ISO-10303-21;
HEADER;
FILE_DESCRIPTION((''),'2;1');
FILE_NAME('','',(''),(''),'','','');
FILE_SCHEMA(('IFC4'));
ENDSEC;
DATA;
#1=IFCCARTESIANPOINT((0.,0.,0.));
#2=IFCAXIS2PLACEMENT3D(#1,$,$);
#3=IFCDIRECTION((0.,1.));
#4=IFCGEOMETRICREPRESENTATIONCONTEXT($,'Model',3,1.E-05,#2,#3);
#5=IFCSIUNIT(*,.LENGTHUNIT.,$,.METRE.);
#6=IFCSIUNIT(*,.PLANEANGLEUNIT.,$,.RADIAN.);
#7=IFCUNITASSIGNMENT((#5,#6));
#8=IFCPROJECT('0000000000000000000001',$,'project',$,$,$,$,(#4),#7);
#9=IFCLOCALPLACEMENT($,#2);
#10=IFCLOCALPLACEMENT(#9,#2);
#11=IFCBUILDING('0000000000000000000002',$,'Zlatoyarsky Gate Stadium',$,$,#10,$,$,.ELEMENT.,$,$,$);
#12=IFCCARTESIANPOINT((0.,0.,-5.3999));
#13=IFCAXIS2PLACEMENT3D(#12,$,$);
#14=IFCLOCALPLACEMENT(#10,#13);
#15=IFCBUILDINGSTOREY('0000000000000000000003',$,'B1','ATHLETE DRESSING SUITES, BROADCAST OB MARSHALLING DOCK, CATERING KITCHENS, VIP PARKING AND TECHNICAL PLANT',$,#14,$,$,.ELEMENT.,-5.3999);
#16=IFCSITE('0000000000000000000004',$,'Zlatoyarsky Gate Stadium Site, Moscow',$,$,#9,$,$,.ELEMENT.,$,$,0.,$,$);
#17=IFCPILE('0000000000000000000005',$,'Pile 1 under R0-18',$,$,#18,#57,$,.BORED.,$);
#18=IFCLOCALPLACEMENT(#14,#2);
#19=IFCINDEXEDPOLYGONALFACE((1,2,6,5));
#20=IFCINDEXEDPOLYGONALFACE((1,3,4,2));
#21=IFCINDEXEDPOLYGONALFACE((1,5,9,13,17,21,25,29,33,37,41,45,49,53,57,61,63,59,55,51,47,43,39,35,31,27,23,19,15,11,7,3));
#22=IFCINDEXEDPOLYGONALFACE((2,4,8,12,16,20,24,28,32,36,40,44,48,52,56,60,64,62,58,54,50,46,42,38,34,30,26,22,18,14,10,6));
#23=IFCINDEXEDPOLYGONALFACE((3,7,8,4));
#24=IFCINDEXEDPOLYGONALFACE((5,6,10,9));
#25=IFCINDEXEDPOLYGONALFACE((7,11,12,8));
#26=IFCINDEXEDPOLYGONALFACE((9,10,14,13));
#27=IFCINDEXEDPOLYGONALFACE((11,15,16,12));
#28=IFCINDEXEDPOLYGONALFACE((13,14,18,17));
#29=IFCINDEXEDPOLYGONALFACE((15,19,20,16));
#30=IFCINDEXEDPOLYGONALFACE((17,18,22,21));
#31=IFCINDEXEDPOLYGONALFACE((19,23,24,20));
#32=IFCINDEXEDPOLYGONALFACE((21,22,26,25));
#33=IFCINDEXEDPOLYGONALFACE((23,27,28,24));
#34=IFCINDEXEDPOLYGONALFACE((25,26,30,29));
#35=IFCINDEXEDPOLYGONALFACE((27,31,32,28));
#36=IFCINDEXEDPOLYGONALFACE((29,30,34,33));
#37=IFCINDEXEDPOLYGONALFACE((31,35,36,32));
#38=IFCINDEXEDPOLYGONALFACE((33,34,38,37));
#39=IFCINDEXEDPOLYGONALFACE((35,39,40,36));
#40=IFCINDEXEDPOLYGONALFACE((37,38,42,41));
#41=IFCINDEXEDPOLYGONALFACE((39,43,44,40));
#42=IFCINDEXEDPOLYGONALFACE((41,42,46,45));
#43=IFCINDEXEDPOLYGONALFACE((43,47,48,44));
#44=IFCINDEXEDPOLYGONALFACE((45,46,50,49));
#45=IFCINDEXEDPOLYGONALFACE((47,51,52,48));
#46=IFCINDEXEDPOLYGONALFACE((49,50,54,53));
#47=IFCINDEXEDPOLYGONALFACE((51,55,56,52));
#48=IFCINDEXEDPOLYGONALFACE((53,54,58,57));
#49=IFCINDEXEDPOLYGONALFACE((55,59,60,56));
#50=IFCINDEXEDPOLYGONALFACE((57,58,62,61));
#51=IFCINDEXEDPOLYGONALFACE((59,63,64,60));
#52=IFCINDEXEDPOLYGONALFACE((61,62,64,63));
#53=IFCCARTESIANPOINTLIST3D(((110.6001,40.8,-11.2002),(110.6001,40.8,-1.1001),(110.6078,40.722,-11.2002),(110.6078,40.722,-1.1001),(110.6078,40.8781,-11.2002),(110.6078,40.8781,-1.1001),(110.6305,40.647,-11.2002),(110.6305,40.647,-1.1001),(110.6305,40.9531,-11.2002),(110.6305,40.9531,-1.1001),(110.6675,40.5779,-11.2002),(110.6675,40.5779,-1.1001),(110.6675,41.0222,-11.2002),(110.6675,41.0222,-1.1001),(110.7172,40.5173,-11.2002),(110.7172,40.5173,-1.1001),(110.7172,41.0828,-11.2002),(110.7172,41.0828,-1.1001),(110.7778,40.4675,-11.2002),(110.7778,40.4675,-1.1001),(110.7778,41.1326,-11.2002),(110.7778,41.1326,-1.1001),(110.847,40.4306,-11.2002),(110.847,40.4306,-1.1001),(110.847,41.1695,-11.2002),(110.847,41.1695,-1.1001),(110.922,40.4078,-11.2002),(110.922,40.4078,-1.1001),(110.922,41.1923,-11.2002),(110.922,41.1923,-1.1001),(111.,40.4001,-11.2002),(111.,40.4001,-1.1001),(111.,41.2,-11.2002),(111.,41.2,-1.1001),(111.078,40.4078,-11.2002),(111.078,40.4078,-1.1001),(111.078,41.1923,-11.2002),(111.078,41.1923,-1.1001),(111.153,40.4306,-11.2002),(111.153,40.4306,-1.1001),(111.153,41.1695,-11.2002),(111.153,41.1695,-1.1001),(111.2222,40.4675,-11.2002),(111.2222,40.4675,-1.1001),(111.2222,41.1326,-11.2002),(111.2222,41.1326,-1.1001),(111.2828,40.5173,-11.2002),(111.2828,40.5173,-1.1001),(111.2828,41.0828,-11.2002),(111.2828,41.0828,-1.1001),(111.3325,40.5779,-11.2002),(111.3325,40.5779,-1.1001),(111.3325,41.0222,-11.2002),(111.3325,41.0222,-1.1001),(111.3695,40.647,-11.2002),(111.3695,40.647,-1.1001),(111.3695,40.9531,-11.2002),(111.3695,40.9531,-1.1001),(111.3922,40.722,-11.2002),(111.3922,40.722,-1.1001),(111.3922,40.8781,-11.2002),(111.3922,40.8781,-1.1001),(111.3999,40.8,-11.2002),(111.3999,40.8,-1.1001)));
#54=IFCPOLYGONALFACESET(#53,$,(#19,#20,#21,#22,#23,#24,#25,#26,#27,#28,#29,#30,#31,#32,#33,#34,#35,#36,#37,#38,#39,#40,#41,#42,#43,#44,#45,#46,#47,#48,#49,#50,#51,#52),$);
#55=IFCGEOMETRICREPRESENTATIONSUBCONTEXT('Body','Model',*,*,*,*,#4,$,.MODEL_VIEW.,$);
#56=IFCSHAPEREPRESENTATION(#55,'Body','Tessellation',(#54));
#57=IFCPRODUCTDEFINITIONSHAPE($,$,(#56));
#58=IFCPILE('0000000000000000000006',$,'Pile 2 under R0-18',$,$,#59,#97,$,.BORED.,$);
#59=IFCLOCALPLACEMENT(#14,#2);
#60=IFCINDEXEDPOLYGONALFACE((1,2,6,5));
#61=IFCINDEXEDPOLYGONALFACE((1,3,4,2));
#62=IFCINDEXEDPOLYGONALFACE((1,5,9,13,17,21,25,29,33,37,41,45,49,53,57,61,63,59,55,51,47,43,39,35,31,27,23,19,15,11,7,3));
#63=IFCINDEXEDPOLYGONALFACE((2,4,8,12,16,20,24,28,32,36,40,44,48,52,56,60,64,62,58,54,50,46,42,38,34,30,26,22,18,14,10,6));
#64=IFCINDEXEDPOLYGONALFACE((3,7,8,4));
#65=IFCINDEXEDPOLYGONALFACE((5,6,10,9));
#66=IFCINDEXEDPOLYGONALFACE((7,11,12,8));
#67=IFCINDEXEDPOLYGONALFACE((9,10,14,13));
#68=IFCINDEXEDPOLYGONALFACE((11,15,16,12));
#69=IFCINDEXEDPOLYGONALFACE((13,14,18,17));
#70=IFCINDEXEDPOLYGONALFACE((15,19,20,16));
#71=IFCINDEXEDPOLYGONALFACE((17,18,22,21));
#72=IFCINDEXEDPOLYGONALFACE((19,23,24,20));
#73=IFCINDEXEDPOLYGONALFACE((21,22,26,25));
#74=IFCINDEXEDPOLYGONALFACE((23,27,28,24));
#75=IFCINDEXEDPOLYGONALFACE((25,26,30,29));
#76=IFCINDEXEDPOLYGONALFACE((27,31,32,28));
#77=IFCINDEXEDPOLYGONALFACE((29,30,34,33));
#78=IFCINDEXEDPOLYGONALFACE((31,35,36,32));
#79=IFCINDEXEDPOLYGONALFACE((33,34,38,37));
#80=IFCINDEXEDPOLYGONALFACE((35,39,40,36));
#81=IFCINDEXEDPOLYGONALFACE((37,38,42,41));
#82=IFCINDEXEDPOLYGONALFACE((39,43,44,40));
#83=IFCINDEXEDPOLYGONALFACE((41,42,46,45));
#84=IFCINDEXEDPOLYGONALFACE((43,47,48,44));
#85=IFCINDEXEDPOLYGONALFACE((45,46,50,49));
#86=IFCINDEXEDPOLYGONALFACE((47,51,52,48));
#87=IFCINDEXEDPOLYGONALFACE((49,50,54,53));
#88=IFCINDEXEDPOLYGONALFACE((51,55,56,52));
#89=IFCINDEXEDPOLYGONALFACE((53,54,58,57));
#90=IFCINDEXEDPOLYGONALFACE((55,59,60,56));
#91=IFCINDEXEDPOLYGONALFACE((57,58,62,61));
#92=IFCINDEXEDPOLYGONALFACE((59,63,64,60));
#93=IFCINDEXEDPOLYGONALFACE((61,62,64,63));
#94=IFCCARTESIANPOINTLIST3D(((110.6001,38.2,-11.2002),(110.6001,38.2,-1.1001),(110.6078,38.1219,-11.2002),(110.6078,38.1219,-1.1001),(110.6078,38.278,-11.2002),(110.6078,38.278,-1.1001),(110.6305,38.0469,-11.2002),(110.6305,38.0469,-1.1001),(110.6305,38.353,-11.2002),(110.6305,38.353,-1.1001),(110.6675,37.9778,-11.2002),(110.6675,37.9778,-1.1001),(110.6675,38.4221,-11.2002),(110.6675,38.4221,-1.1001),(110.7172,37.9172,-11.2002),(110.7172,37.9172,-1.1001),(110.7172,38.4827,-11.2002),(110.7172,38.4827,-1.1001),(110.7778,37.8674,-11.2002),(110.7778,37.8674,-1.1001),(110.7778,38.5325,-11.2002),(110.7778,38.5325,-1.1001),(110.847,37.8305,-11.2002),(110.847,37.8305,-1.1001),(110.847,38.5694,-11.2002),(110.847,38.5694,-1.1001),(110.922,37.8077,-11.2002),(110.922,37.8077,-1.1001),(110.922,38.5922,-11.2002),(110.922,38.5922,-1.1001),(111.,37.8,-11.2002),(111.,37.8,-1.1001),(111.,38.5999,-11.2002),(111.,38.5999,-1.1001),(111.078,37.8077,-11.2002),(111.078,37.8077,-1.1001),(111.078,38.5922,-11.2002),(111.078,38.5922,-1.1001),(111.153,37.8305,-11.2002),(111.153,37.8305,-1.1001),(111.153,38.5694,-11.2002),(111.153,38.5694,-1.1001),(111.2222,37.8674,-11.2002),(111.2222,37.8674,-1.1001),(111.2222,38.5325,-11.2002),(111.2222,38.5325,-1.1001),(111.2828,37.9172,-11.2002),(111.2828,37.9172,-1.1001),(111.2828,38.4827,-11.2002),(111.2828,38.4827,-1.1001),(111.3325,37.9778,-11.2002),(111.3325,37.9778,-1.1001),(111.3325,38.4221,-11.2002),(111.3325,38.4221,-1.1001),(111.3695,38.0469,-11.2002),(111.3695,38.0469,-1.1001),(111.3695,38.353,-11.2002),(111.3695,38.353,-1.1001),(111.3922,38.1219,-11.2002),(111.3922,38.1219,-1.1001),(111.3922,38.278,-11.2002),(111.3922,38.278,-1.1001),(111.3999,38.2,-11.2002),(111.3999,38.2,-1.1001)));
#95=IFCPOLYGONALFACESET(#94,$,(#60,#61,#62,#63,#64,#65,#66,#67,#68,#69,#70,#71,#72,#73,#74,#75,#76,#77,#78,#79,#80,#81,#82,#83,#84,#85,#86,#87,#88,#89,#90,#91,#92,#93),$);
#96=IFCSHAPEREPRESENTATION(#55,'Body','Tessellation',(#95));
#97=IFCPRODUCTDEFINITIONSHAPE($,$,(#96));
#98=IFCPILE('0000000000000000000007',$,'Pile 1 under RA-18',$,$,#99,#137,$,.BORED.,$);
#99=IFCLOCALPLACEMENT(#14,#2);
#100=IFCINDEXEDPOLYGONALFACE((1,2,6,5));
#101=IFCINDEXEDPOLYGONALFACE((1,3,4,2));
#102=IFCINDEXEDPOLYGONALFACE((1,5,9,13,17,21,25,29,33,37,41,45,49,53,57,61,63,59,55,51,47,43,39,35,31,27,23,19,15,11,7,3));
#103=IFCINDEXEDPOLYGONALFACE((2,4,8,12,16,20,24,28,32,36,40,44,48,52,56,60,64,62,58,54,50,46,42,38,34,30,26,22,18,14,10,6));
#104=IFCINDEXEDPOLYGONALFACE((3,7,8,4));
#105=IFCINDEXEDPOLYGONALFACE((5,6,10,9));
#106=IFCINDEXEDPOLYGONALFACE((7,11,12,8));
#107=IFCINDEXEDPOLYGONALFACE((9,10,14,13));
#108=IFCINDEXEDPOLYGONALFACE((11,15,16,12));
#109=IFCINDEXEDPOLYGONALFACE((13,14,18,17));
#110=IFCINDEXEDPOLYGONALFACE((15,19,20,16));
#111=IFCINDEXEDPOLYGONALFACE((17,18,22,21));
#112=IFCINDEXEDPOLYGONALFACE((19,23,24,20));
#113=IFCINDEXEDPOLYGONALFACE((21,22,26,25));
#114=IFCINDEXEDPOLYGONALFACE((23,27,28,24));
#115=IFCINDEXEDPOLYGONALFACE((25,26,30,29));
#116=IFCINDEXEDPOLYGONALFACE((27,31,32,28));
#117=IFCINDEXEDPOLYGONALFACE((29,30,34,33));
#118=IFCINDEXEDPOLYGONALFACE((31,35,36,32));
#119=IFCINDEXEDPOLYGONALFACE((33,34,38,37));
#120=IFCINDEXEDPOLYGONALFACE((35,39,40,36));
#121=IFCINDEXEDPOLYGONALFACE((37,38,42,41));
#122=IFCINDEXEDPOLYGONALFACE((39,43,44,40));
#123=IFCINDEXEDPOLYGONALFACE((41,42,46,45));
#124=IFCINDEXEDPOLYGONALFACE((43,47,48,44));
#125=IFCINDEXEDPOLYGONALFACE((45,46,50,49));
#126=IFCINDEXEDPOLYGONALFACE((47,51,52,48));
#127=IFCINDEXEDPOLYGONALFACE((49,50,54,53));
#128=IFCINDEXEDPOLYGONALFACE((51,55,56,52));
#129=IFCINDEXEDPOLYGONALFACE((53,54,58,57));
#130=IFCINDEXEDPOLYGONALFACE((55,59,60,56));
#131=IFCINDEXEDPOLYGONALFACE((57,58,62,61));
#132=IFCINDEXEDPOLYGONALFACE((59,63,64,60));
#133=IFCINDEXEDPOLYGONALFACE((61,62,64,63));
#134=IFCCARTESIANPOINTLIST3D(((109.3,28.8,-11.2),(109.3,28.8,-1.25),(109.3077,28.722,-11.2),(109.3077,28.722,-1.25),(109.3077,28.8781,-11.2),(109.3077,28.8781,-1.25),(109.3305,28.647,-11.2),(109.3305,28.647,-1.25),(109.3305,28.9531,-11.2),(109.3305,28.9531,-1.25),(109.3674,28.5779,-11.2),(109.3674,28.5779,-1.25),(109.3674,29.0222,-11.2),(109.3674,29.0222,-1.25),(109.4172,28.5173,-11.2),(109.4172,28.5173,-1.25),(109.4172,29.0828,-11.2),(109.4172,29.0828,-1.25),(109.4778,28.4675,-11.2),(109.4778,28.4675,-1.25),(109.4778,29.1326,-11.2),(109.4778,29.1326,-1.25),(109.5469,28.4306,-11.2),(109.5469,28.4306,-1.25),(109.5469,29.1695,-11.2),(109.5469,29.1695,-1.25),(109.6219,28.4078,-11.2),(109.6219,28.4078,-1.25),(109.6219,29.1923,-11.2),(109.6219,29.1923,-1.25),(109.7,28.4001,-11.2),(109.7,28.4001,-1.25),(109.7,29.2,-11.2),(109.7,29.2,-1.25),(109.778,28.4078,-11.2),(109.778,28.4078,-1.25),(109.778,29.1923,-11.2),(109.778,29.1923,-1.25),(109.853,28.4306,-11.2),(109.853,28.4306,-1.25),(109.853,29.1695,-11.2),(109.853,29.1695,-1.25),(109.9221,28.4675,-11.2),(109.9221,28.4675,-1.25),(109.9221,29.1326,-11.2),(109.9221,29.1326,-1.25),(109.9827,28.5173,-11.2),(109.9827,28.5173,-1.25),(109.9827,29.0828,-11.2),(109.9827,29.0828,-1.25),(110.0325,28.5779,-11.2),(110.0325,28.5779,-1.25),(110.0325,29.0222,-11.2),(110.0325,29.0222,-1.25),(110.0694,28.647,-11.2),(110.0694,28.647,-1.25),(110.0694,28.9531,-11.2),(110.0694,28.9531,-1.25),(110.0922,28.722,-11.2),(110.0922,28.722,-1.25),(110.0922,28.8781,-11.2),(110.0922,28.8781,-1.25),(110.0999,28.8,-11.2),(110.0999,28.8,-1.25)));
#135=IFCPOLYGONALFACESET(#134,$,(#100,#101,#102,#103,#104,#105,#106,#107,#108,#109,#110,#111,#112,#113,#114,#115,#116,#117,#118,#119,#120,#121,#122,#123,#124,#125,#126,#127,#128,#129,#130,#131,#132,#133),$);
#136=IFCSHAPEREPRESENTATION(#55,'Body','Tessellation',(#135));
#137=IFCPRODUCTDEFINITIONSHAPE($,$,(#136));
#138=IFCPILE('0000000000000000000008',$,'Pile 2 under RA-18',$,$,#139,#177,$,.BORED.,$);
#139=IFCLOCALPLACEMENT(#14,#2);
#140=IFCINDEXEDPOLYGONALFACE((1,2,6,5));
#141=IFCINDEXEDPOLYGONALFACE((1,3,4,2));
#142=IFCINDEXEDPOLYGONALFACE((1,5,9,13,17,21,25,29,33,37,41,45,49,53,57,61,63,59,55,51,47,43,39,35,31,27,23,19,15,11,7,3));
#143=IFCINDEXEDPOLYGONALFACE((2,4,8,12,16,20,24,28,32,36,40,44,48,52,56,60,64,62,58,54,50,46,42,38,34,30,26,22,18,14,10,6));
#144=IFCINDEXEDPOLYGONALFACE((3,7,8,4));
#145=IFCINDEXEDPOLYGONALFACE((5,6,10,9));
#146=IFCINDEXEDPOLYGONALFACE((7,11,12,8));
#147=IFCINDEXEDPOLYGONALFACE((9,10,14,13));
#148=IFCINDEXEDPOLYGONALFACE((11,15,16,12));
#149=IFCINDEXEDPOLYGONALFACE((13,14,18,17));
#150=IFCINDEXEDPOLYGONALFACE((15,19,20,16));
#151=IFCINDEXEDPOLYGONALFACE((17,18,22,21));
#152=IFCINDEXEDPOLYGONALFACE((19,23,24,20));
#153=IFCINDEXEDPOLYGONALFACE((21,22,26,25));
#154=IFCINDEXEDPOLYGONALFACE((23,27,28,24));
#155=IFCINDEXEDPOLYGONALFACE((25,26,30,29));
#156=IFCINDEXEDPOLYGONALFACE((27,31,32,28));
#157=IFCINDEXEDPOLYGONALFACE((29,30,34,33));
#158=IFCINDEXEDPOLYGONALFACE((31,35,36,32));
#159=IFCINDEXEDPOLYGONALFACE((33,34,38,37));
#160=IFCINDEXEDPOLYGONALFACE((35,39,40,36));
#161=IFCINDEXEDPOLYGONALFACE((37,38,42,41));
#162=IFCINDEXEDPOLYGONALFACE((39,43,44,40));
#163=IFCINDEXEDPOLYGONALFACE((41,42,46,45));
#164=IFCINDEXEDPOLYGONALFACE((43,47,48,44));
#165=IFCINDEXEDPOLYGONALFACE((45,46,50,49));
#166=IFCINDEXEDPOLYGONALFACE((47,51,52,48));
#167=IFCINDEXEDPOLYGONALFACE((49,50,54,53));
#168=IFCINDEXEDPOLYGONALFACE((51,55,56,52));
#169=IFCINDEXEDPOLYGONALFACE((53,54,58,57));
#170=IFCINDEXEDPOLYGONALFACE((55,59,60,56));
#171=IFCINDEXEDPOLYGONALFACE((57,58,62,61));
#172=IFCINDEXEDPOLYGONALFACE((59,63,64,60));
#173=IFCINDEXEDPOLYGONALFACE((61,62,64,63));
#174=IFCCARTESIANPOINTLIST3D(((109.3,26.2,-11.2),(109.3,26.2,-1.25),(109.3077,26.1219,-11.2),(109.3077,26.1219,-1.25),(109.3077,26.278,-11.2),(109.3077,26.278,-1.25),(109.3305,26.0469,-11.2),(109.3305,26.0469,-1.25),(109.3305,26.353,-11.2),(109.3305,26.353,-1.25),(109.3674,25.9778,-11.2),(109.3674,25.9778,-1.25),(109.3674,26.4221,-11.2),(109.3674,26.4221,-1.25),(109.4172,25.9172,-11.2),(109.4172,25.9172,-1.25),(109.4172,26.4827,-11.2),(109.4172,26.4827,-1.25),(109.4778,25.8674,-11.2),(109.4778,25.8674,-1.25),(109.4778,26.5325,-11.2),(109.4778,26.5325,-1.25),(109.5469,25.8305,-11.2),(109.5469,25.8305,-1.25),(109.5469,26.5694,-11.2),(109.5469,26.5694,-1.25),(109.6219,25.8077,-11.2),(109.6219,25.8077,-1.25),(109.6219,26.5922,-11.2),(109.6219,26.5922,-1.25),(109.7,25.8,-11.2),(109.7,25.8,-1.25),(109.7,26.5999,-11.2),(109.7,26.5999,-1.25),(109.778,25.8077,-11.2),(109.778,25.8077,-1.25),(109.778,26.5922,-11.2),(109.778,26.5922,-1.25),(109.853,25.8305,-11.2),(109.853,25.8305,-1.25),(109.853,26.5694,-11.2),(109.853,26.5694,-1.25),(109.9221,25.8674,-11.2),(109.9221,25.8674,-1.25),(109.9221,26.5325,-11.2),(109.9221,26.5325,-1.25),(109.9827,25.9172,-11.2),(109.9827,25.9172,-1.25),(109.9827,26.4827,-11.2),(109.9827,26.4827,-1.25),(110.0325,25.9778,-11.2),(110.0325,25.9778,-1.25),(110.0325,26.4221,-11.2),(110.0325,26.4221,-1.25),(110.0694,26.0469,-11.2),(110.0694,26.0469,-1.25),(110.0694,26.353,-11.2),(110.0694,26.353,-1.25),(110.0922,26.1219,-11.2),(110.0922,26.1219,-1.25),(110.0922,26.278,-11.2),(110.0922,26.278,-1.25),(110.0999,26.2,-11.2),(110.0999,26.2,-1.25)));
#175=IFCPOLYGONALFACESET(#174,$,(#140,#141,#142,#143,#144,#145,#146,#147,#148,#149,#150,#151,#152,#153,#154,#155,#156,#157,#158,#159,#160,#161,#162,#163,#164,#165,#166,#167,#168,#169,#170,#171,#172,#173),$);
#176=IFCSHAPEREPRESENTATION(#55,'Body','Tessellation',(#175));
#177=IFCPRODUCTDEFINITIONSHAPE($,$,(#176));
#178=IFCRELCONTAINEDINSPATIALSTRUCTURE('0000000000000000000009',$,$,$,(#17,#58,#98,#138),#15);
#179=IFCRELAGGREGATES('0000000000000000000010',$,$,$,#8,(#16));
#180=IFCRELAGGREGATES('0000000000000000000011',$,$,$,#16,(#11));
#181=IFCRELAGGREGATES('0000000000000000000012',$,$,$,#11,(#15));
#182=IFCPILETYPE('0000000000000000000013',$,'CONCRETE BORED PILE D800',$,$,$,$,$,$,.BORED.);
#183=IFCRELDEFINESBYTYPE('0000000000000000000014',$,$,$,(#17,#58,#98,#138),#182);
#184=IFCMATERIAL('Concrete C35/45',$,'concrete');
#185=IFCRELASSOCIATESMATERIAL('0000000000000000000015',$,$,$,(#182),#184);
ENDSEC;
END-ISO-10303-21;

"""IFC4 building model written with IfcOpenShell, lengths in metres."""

from ifc_helpers import new_model, si_unit, direction, frame, origin, origin_2d, place, context, subcontext, project, spatial, circle, extrude, material, material_profile, profile_set, type_object, element, save


model = new_model("IFC4")

# Units and contexts
model_context = context("Model", 3, precision=1e-05, world=origin(), true_north=direction((0.0, 1.0)))
body_context = subcontext(model_context, "Body", "Model", "MODEL_VIEW")
ifc_project = project(units=[si_unit("LENGTHUNIT", "METRE"), si_unit("PLANEANGLEUNIT", "RADIAN")], contexts=[model_context])

# Site, building, storey
site_placement = place(None, origin())
site = spatial("IfcSite", under=ifc_project, at=site_placement, Name="Zlatoyarsky Gate Stadium Site, Moscow", CompositionType="ELEMENT", RefElevation=0.0)
building_placement = place(site_placement, origin())
building = spatial("IfcBuilding", under=site, at=building_placement, Name="Zlatoyarsky Gate Stadium", CompositionType="ELEMENT")
storey_placement = place(building_placement, frame((0.0, 0.0, -5.3999)))
storey = spatial("IfcBuildingStorey", under=building, at=storey_placement, Name="B1", Description="ATHLETE DRESSING SUITES, BROADCAST OB MARSHALLING DOCK, CATERING KITCHENS, VIP PARKING AND TECHNICAL PLANT", CompositionType="ELEMENT", Elevation=-5.3999)

# Piles
ifc_material_1 = material(Name="Concrete C35/45", Category="concrete")
ifc_material_profile_1 = material_profile(ifc_material_1, circle(Radius=0.3999, at=origin_2d()), Name="BORED PILE D800")
ifc_profile_set_1 = profile_set([ifc_material_profile_1], Name="Concrete C35/45")
pile_type_1 = type_object("IfcPileType", Name="CONCRETE BORED PILE D800", PredefinedType="BORED", material=ifc_profile_set_1)
for number, where, z_axis, x_axis, name in (
    (1, (111.0, 40.8, -1.1001), (0.0, 0.0, -1.0), (1.0, 0.0, 0.0), "Pile 1 under R0-18"),
    (2, (111.0, 38.2, -1.1001), (0.0, 0.0, -1.0), (1.0, 0.0, 0.0), "Pile 2 under R0-18"),
):
    element("IfcPile", number, at=place(storey_placement, frame(where, z_axis=z_axis, x_axis=x_axis)), inside=storey, type_object=pile_type_1, Name=name, PredefinedType="BORED", context=body_context, shape_type="SweptSolid", body=[
        extrude(circle(Radius=0.3999, at=origin_2d()), origin(), (0.0, 0.0, 1.0), 10.1001),
    ])
for number, where, z_axis, x_axis, name in (
    (3, (109.7, 28.8, -1.25), (0.0, 0.0, -1.0), (1.0, 0.0, 0.0), "Pile 1 under RA-18"),
    (4, (109.7, 26.2, -1.25), (0.0, 0.0, -1.0), (1.0, 0.0, 0.0), "Pile 2 under RA-18"),
):
    element("IfcPile", number, at=place(storey_placement, frame(where, z_axis=z_axis, x_axis=x_axis)), inside=storey, type_object=pile_type_1, Name=name, PredefinedType="BORED", context=body_context, shape_type="SweptSolid", body=[
        extrude(circle(Radius=0.3999, at=origin_2d()), origin(), (0.0, 0.0, 1.0), 9.95),
    ])

save(model, "model.ifc")
